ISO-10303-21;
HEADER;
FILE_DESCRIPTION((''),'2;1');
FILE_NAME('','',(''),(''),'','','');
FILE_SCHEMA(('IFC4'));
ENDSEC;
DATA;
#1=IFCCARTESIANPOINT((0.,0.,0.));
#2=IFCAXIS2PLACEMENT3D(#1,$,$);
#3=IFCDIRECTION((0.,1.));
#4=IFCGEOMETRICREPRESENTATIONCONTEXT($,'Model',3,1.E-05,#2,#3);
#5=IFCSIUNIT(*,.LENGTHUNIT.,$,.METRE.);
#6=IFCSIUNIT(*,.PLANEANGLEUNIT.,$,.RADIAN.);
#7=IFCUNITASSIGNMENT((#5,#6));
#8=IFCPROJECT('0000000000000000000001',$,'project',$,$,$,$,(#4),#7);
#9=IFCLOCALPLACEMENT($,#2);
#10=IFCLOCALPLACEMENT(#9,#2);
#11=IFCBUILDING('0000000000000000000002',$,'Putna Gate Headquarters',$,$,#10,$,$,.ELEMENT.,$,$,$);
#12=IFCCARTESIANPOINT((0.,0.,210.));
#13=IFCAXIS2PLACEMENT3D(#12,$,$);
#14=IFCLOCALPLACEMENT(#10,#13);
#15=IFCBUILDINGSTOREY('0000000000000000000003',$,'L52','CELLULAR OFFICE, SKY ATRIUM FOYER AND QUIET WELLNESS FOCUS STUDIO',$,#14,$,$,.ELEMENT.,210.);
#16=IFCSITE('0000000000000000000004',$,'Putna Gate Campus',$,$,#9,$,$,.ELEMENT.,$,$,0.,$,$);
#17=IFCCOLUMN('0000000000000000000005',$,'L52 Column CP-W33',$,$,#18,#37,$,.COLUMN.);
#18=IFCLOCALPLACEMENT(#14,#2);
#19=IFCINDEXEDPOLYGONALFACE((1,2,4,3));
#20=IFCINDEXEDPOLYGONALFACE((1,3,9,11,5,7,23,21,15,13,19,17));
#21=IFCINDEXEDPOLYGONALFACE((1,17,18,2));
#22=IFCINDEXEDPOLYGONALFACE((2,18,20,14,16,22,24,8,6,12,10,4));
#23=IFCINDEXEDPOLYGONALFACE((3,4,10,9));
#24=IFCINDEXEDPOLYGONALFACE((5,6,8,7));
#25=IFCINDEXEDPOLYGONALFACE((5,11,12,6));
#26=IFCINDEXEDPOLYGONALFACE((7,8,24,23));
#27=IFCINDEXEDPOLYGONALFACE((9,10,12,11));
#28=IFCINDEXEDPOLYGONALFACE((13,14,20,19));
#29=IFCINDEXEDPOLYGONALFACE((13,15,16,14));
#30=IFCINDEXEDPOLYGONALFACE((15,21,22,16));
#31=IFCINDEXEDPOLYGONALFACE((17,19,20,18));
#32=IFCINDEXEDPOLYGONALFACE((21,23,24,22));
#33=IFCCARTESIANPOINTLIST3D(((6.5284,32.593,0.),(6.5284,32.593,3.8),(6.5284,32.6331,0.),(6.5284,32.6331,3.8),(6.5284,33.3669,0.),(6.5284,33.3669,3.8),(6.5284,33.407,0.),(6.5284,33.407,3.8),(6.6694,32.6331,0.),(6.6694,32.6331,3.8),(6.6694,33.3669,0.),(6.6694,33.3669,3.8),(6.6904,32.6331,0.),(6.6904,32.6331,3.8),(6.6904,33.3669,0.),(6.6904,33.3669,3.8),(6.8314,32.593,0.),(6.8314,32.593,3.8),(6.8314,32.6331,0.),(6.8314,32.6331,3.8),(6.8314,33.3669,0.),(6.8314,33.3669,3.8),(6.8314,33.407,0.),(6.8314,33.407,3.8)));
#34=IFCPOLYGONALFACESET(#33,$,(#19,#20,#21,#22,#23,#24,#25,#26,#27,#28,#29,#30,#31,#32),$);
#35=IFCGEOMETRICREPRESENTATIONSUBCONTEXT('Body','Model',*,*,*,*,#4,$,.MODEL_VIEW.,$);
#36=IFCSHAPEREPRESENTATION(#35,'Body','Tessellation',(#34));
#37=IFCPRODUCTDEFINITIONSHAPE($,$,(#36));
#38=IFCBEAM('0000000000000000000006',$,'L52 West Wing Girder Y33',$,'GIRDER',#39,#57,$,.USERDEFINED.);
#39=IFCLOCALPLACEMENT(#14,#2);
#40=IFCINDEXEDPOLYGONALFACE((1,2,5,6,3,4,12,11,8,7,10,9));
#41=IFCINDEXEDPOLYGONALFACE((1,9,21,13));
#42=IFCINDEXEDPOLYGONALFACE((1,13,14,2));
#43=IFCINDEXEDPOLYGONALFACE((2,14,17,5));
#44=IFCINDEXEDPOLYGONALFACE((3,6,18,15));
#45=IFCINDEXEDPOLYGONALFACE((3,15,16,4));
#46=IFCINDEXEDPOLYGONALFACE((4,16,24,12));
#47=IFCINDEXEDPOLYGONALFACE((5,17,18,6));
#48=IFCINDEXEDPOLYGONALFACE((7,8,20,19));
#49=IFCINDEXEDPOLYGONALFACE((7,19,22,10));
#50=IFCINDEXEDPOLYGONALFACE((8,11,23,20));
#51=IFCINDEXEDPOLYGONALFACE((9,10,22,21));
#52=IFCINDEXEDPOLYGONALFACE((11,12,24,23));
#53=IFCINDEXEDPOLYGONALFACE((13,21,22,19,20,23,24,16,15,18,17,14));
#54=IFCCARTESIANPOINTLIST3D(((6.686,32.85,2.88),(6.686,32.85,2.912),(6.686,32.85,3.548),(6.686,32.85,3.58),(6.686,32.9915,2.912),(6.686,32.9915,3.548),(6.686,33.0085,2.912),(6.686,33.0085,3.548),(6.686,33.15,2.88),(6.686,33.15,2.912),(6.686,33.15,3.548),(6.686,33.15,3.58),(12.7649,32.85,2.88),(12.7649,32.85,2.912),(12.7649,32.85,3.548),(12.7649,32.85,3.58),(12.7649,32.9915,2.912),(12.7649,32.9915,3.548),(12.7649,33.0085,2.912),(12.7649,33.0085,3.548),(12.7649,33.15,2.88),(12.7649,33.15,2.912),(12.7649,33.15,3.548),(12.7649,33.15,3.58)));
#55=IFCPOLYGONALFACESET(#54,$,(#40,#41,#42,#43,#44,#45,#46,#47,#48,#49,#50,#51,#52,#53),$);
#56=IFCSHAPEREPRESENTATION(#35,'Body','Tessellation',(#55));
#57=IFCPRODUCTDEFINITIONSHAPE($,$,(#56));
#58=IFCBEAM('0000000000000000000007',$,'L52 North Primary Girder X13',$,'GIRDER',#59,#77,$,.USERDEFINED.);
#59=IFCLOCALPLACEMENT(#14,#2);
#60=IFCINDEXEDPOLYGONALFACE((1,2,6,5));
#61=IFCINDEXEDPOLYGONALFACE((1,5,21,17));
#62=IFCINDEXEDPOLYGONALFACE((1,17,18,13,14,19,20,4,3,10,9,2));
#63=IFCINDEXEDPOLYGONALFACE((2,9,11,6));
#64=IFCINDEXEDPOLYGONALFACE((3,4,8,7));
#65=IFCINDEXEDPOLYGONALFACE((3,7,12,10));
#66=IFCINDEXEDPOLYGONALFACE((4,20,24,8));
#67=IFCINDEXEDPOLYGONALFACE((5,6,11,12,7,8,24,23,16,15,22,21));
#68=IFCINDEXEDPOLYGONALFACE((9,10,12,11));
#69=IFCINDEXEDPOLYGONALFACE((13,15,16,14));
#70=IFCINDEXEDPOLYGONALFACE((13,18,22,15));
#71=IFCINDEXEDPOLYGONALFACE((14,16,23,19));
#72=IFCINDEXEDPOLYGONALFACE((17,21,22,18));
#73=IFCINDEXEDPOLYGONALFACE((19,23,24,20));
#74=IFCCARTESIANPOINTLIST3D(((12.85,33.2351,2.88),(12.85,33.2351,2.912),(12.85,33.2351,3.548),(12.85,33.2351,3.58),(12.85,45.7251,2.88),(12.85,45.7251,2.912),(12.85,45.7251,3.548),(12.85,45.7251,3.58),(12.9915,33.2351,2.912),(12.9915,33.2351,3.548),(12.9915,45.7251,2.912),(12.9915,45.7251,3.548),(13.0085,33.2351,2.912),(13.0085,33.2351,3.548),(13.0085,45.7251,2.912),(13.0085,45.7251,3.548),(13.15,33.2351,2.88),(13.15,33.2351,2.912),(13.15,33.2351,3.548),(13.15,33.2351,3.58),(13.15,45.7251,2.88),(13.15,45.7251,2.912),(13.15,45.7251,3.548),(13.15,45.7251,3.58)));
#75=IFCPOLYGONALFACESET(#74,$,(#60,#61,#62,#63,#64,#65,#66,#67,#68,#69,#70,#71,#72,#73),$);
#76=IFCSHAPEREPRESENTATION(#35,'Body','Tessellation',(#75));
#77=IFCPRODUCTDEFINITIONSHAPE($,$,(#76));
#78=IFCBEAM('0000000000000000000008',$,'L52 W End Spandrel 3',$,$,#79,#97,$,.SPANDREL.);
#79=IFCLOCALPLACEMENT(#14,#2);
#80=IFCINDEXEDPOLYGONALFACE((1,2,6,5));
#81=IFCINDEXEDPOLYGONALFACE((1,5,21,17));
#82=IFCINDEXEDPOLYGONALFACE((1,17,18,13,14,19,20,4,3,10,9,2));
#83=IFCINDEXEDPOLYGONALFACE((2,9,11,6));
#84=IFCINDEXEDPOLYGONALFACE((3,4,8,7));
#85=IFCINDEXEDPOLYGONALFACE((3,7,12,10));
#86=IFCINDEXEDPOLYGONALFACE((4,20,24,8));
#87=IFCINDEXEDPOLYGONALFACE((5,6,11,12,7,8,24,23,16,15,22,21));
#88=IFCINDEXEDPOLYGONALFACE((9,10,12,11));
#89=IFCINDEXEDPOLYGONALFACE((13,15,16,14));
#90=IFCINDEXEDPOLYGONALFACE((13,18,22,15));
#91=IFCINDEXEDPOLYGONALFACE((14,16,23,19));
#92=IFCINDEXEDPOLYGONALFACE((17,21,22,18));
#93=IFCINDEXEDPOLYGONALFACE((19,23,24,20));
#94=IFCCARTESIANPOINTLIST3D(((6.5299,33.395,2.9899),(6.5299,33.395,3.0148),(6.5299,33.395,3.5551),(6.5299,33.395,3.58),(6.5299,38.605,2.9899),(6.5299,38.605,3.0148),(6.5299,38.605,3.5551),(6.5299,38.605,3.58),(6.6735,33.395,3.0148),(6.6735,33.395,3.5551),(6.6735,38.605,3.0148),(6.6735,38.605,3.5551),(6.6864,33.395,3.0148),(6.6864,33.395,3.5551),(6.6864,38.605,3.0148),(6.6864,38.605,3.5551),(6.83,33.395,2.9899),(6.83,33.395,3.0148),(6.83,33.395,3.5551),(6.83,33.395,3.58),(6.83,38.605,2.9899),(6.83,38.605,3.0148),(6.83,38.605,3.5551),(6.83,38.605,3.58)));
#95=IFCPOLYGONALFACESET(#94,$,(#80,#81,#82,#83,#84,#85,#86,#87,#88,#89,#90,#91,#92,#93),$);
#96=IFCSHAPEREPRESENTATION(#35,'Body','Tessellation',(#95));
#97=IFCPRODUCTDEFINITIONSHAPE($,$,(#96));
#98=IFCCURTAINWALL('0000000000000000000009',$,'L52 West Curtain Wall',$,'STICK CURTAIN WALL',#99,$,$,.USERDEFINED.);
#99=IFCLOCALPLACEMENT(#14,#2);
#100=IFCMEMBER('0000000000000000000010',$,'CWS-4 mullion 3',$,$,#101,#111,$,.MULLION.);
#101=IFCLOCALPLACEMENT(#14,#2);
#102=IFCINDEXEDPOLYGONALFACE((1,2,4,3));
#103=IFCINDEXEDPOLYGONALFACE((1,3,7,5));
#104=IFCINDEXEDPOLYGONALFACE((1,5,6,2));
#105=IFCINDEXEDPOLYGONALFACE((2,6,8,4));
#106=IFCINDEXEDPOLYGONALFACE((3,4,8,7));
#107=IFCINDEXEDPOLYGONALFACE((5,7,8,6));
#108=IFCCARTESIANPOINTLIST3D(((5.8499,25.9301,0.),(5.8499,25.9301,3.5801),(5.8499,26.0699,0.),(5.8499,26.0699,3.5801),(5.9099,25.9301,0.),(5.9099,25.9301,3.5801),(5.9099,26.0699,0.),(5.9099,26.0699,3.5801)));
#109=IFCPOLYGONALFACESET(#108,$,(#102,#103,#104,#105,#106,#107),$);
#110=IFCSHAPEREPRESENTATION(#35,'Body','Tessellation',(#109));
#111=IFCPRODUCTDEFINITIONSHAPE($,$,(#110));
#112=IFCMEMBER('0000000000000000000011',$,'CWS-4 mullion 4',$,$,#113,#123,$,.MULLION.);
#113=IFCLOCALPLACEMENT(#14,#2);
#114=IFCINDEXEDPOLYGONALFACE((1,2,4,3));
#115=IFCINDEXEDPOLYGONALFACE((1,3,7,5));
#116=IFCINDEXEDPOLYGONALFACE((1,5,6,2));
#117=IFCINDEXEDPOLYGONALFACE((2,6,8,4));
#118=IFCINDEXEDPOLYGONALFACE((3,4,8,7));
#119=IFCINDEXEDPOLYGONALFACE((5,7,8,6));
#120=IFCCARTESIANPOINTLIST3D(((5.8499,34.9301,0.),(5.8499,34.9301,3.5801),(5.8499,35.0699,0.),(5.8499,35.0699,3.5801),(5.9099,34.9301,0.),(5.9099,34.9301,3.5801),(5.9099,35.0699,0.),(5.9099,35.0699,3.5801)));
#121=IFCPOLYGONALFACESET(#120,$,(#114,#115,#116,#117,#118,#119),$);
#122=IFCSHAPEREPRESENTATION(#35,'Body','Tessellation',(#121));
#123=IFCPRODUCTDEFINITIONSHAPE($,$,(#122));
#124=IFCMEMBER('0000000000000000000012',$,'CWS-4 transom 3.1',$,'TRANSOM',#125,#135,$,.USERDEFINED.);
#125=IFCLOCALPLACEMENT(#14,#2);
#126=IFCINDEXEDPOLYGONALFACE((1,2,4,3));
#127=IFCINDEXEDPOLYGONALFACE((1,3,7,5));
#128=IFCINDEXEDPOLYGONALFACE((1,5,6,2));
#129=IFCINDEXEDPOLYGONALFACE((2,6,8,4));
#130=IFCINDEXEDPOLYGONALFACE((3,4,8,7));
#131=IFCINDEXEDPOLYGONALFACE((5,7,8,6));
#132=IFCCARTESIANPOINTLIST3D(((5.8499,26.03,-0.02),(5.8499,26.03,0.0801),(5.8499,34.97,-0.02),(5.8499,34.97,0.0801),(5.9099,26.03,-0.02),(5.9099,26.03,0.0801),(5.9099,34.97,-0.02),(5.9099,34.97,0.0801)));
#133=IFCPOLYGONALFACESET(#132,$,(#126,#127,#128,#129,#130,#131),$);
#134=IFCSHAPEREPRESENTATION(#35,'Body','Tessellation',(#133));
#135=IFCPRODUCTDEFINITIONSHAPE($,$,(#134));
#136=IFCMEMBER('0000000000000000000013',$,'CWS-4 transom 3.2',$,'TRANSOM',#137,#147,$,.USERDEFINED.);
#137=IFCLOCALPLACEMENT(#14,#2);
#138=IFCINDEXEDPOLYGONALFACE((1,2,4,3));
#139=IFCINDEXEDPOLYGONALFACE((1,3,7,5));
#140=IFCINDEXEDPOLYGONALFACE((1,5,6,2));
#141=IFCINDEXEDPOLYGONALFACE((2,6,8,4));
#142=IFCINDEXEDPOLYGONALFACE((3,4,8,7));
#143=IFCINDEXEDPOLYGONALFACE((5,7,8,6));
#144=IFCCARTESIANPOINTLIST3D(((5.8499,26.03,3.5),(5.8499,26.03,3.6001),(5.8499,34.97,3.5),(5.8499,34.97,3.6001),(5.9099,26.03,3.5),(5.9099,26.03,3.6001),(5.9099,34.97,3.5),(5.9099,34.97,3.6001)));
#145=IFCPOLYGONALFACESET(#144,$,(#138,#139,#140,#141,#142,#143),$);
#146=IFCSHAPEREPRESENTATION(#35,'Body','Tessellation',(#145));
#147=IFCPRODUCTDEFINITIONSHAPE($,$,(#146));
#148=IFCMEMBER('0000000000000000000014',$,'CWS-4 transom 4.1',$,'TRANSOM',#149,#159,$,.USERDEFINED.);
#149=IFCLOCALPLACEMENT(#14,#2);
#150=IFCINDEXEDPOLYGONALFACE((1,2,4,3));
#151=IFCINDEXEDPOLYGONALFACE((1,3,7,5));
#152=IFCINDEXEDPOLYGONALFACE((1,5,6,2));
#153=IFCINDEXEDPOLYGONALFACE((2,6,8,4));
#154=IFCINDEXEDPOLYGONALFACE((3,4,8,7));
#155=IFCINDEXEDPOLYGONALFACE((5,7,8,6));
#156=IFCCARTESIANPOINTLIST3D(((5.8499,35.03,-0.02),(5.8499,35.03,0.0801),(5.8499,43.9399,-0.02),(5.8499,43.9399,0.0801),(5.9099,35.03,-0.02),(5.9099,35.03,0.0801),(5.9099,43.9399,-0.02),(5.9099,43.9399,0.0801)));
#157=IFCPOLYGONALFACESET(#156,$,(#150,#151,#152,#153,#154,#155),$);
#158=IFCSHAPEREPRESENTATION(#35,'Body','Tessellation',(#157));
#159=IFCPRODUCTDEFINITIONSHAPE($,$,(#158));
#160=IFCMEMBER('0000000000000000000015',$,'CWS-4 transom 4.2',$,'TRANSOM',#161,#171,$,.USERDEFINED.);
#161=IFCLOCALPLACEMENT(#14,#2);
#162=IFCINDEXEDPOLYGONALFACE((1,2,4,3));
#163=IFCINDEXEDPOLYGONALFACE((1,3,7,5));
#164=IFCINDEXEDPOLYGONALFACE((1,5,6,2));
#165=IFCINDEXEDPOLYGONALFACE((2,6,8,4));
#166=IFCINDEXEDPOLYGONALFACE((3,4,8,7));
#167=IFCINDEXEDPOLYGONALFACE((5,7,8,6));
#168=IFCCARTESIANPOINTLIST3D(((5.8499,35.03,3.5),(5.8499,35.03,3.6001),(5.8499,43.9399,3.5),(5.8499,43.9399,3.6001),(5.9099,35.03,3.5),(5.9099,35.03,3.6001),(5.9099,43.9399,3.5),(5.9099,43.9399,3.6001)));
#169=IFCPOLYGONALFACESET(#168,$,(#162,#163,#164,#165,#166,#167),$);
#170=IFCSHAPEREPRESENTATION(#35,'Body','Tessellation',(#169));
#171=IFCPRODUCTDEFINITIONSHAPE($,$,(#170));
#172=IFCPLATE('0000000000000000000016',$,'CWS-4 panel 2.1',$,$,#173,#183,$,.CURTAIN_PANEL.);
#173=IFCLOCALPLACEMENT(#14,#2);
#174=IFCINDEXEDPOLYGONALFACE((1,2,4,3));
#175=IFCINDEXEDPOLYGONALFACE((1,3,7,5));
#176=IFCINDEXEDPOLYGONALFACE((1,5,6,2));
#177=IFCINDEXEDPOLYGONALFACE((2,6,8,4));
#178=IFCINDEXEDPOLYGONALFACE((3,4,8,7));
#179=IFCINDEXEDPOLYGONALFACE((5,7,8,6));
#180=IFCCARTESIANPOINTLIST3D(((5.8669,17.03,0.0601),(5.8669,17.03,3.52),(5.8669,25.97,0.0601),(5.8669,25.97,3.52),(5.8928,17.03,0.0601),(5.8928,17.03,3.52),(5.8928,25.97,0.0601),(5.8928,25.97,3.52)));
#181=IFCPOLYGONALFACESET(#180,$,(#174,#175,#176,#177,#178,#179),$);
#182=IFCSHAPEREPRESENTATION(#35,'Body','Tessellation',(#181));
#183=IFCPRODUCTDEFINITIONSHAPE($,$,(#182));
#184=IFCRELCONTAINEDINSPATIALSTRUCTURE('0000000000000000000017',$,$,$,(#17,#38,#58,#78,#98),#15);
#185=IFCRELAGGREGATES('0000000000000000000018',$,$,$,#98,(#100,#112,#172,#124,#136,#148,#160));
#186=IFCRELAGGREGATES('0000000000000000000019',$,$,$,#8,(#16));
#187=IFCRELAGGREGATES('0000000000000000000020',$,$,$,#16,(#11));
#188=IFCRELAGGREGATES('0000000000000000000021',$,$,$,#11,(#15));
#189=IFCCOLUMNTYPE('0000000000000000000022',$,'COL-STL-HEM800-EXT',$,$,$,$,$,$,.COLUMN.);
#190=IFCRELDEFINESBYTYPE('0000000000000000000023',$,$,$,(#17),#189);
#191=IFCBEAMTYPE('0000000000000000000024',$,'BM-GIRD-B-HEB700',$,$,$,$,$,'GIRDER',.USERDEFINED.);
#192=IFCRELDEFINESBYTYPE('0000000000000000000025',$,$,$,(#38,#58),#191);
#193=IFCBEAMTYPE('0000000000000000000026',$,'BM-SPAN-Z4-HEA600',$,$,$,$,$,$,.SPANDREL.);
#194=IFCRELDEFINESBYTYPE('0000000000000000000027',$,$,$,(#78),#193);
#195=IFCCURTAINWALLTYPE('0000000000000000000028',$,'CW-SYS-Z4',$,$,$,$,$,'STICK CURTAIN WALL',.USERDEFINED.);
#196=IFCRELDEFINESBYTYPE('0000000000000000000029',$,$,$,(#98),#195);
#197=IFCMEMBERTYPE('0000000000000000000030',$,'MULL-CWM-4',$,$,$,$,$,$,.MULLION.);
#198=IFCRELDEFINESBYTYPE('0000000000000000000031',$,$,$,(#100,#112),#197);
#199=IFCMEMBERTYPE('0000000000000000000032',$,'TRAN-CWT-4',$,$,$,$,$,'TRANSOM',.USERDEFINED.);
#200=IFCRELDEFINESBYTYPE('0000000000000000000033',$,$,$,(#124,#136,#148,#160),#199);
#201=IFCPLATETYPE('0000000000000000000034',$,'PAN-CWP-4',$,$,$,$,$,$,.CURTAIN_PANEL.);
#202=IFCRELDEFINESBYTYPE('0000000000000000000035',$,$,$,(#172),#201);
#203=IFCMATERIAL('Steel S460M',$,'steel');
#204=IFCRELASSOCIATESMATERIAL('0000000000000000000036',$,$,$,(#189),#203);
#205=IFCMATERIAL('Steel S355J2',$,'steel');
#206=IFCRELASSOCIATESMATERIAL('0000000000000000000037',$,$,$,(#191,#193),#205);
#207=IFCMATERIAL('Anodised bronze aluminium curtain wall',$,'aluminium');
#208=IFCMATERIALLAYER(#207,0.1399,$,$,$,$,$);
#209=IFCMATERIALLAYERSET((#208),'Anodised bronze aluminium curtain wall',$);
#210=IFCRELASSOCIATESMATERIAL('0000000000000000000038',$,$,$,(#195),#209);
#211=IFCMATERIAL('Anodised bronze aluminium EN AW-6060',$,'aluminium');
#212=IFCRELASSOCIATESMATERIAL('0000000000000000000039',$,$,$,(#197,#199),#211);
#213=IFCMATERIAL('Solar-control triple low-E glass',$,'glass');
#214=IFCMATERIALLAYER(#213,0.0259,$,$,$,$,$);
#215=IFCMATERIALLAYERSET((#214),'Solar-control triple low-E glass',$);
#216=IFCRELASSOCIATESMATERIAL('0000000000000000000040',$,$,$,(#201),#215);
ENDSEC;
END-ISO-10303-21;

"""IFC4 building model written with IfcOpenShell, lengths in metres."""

from ifc_helpers import new_model, si_unit, direction, frame, origin, origin_2d, place, context, subcontext, project, spatial, rectangle, i_section, extrude, material, layer, layer_set, material_profile, profile_set, type_object, element, aggregate, save


model = new_model("IFC4")

# Units and contexts
model_context = context("Model", 3, precision=1e-05, world=origin(), true_north=direction((0.0, 1.0)))
body_context = subcontext(model_context, "Body", "Model", "MODEL_VIEW")
ifc_project = project(units=[si_unit("LENGTHUNIT", "METRE"), si_unit("PLANEANGLEUNIT", "RADIAN")], contexts=[model_context])

# Site, building, storey
site_placement = place(None, origin())
site = spatial("IfcSite", under=ifc_project, at=site_placement, Name="Putna Gate Campus", CompositionType="ELEMENT", RefElevation=0.0)
building_placement = place(site_placement, origin())
building = spatial("IfcBuilding", under=site, at=building_placement, Name="Putna Gate Headquarters", CompositionType="ELEMENT")
storey_placement = place(building_placement, frame((0.0, 0.0, 210.0)))
storey = spatial("IfcBuildingStorey", under=building, at=storey_placement, Name="L52", Description="CELLULAR OFFICE, SKY ATRIUM FOYER AND QUIET WELLNESS FOCUS STUDIO", CompositionType="ELEMENT", Elevation=210.0)

# Column
ifc_material_1 = material(Name="Steel S460M", Category="steel")
ifc_material_profile_1 = material_profile(ifc_material_1, i_section(OverallWidth=0.303, OverallDepth=0.814, WebThickness=0.021, FlangeThickness=0.04, at=origin_2d()), Name="Steel S460M")
ifc_profile_set_1 = profile_set([ifc_material_profile_1], Name="Steel S460M")
column_type = type_object("IfcColumnType", Name="COL-STL-HEM800-EXT", PredefinedType="COLUMN", material=ifc_profile_set_1)
column_placement = place(storey_placement, frame((6.6799, 33.0, 0.0), z_axis=(0.0, 0.0, 1.0), x_axis=(1.0, 0.0, 0.0)))
element("IfcColumn", 1, at=column_placement, inside=storey, type_object=column_type, Name="L52 Column CP-W33", PredefinedType="COLUMN", context=body_context, shape_type="SweptSolid", body=[
    extrude(i_section(OverallWidth=0.303, OverallDepth=0.814, WebThickness=0.021, FlangeThickness=0.04, at=origin_2d()), origin(), (0.0, 0.0, 1.0), 3.8),
])

# Beams
ifc_material_2 = material(Name="Steel S355J2", Category="steel")
ifc_material_profile_2 = material_profile(ifc_material_2, i_section(OverallWidth=0.3, OverallDepth=0.7, WebThickness=0.0171, FlangeThickness=0.032, at=origin_2d()), Name="Steel S355J2")
ifc_profile_set_2 = profile_set([ifc_material_profile_2], Name="Steel S355J2")
beam_type_1 = type_object("IfcBeamType", Name="BM-GIRD-B-HEB700", ElementType="GIRDER", PredefinedType="USERDEFINED", material=ifc_profile_set_2)
beam_1_placement = place(storey_placement, frame((6.686, 33.0, 3.23), z_axis=(1.0, 0.0, 0.0), x_axis=(0.0, 1.0, 0.0)))
element("IfcBeam", 2, at=beam_1_placement, inside=storey, type_object=beam_type_1, Name="L52 West Wing Girder Y33", ObjectType="GIRDER", PredefinedType="USERDEFINED", context=body_context, shape_type="SweptSolid", body=[
    extrude(i_section(OverallWidth=0.3, OverallDepth=0.7, WebThickness=0.0171, FlangeThickness=0.032, at=origin_2d()), origin(), (0.0, 0.0, 1.0), 6.0789),
])
beam_2_placement = place(storey_placement, frame((13.0, 33.2351, 3.23), z_axis=(0.0, 1.0, 0.0), x_axis=(-1.0, 0.0, 0.0)))
element("IfcBeam", 3, at=beam_2_placement, inside=storey, type_object=beam_type_1, Name="L52 North Primary Girder X13", ObjectType="GIRDER", PredefinedType="USERDEFINED", context=body_context, shape_type="SweptSolid", body=[
    extrude(i_section(OverallWidth=0.3, OverallDepth=0.7, WebThickness=0.0171, FlangeThickness=0.032, at=origin_2d()), origin(), (0.0, 0.0, 1.0), 12.49),
])
ifc_material_profile_3 = material_profile(ifc_material_2, i_section(OverallWidth=0.3, OverallDepth=0.5901, WebThickness=0.0129, FlangeThickness=0.0249, at=origin_2d()), Name="Steel S355J2")
ifc_profile_set_3 = profile_set([ifc_material_profile_3], Name="Steel S355J2")
beam_type_2 = type_object("IfcBeamType", Name="BM-SPAN-Z4-HEA600", PredefinedType="SPANDREL", material=ifc_profile_set_3)
beam_3_placement = place(storey_placement, frame((6.6799, 33.395, 3.2849), z_axis=(0.0, 1.0, 0.0), x_axis=(-1.0, 0.0, 0.0)))
element("IfcBeam", 4, at=beam_3_placement, inside=storey, type_object=beam_type_2, Name="L52 W End Spandrel 3", PredefinedType="SPANDREL", context=body_context, shape_type="SweptSolid", body=[
    extrude(i_section(OverallWidth=0.3, OverallDepth=0.5901, WebThickness=0.0129, FlangeThickness=0.0249, at=origin_2d()), origin(), (0.0, 0.0, 1.0), 5.21),
])

# Curtain wall, members, plate
ifc_material_3 = material(Name="Anodised bronze aluminium curtain wall", Category="aluminium")
ifc_layer_1 = layer(ifc_material_3, 0.1399)
ifc_layer_set_1 = layer_set([ifc_layer_1], Name="Anodised bronze aluminium curtain wall")
curtain_wall_type = type_object("IfcCurtainWallType", Name="CW-SYS-Z4", ElementType="STICK CURTAIN WALL", PredefinedType="USERDEFINED", material=ifc_layer_set_1)
curtain_wall_placement = place(storey_placement, origin())
curtain_wall = element("IfcCurtainWall", 5, at=curtain_wall_placement, inside=storey, type_object=curtain_wall_type, Name="L52 West Curtain Wall", ObjectType="STICK CURTAIN WALL", PredefinedType="USERDEFINED")
ifc_material_4 = material(Name="Anodised bronze aluminium EN AW-6060", Category="aluminium")
ifc_material_profile_4 = material_profile(ifc_material_4, rectangle(XDim=0.0601, YDim=0.1399, at=origin_2d()), Name="Anodised bronze aluminium EN AW-6060")
ifc_profile_set_4 = profile_set([ifc_material_profile_4], Name="Anodised bronze aluminium EN AW-6060")
member_type_1 = type_object("IfcMemberType", Name="MULL-CWM-4", PredefinedType="MULLION", material=ifc_profile_set_4)
member_1_placement = place(storey_placement, frame((5.8799, 26.0, 0.0), z_axis=(0.0, 0.0, 1.0), x_axis=(-1.0, 0.0, 0.0)))
member_1 = element("IfcMember", 6, at=member_1_placement, type_object=member_type_1, Name="CWS-4 mullion 3", PredefinedType="MULLION", context=body_context, shape_type="SweptSolid", body=[
    extrude(rectangle(XDim=0.0601, YDim=0.1399, at=origin_2d()), origin(), (0.0, 0.0, 1.0), 3.5801),
])
member_2_placement = place(storey_placement, frame((5.8799, 35.0, 0.0), z_axis=(0.0, 0.0, 1.0), x_axis=(-1.0, 0.0, 0.0)))
member_2 = element("IfcMember", 7, at=member_2_placement, type_object=member_type_1, Name="CWS-4 mullion 4", PredefinedType="MULLION", context=body_context, shape_type="SweptSolid", body=[
    extrude(rectangle(XDim=0.0601, YDim=0.1399, at=origin_2d()), origin(), (0.0, 0.0, 1.0), 3.5801),
])
ifc_material_profile_5 = material_profile(ifc_material_4, rectangle(XDim=0.0601, YDim=0.1001, at=origin_2d()), Name="Anodised bronze aluminium EN AW-6060")
ifc_profile_set_5 = profile_set([ifc_material_profile_5], Name="Anodised bronze aluminium EN AW-6060")
member_type_2 = type_object("IfcMemberType", Name="TRAN-CWT-4", ElementType="TRANSOM", PredefinedType="USERDEFINED", material=ifc_profile_set_5)
member_3_placement = place(storey_placement, frame((5.8799, 26.03, 0.03), z_axis=(0.0, 1.0, 0.0), x_axis=(-1.0, 0.0, 0.0)))
member_3 = element("IfcMember", 8, at=member_3_placement, type_object=member_type_2, Name="CWS-4 transom 3.1", ObjectType="TRANSOM", PredefinedType="USERDEFINED", context=body_context, shape_type="SweptSolid", body=[
    extrude(rectangle(XDim=0.0601, YDim=0.1001, at=origin_2d()), origin(), (0.0, 0.0, 1.0), 8.9399),
])
member_4_placement = place(storey_placement, frame((5.8799, 26.03, 3.55), z_axis=(0.0, 1.0, 0.0), x_axis=(-1.0, 0.0, 0.0)))
member_4 = element("IfcMember", 9, at=member_4_placement, type_object=member_type_2, Name="CWS-4 transom 3.2", ObjectType="TRANSOM", PredefinedType="USERDEFINED", context=body_context, shape_type="SweptSolid", body=[
    extrude(rectangle(XDim=0.0601, YDim=0.1001, at=origin_2d()), origin(), (0.0, 0.0, 1.0), 8.9399),
])
member_5_placement = place(storey_placement, frame((5.8799, 35.03, 0.03), z_axis=(0.0, 1.0, 0.0), x_axis=(-1.0, 0.0, 0.0)))
member_5 = element("IfcMember", 10, at=member_5_placement, type_object=member_type_2, Name="CWS-4 transom 4.1", ObjectType="TRANSOM", PredefinedType="USERDEFINED", context=body_context, shape_type="SweptSolid", body=[
    extrude(rectangle(XDim=0.0601, YDim=0.1001, at=origin_2d()), origin(), (0.0, 0.0, 1.0), 8.9099),
])
member_6_placement = place(storey_placement, frame((5.8799, 35.03, 3.55), z_axis=(0.0, 1.0, 0.0), x_axis=(-1.0, 0.0, 0.0)))
member_6 = element("IfcMember", 11, at=member_6_placement, type_object=member_type_2, Name="CWS-4 transom 4.2", ObjectType="TRANSOM", PredefinedType="USERDEFINED", context=body_context, shape_type="SweptSolid", body=[
    extrude(rectangle(XDim=0.0601, YDim=0.1001, at=origin_2d()), origin(), (0.0, 0.0, 1.0), 8.9099),
])
ifc_material_5 = material(Name="Solar-control triple low-E glass", Category="glass")
ifc_layer_2 = layer(ifc_material_5, 0.0259)
ifc_layer_set_2 = layer_set([ifc_layer_2], Name="Solar-control triple low-E glass")
plate_type = type_object("IfcPlateType", Name="PAN-CWP-4", PredefinedType="CURTAIN_PANEL", material=ifc_layer_set_2)
plate_1_placement = place(storey_placement, frame((5.8799, 21.5, 0.0601), z_axis=(0.0, 0.0, 1.0), x_axis=(0.0, 1.0, 0.0)))
plate_1 = element("IfcPlate", 12, at=plate_1_placement, type_object=plate_type, Name="CWS-4 panel 2.1", PredefinedType="CURTAIN_PANEL", context=body_context, shape_type="SweptSolid", body=[
    extrude(rectangle(XDim=8.9399, YDim=0.0259, at=origin_2d()), origin(), (0.0, 0.0, 1.0), 3.46),
])
aggregate(curtain_wall, [member_1, member_2, plate_1, member_3, member_4, member_5, member_6])

save(model, "model.ifc")
